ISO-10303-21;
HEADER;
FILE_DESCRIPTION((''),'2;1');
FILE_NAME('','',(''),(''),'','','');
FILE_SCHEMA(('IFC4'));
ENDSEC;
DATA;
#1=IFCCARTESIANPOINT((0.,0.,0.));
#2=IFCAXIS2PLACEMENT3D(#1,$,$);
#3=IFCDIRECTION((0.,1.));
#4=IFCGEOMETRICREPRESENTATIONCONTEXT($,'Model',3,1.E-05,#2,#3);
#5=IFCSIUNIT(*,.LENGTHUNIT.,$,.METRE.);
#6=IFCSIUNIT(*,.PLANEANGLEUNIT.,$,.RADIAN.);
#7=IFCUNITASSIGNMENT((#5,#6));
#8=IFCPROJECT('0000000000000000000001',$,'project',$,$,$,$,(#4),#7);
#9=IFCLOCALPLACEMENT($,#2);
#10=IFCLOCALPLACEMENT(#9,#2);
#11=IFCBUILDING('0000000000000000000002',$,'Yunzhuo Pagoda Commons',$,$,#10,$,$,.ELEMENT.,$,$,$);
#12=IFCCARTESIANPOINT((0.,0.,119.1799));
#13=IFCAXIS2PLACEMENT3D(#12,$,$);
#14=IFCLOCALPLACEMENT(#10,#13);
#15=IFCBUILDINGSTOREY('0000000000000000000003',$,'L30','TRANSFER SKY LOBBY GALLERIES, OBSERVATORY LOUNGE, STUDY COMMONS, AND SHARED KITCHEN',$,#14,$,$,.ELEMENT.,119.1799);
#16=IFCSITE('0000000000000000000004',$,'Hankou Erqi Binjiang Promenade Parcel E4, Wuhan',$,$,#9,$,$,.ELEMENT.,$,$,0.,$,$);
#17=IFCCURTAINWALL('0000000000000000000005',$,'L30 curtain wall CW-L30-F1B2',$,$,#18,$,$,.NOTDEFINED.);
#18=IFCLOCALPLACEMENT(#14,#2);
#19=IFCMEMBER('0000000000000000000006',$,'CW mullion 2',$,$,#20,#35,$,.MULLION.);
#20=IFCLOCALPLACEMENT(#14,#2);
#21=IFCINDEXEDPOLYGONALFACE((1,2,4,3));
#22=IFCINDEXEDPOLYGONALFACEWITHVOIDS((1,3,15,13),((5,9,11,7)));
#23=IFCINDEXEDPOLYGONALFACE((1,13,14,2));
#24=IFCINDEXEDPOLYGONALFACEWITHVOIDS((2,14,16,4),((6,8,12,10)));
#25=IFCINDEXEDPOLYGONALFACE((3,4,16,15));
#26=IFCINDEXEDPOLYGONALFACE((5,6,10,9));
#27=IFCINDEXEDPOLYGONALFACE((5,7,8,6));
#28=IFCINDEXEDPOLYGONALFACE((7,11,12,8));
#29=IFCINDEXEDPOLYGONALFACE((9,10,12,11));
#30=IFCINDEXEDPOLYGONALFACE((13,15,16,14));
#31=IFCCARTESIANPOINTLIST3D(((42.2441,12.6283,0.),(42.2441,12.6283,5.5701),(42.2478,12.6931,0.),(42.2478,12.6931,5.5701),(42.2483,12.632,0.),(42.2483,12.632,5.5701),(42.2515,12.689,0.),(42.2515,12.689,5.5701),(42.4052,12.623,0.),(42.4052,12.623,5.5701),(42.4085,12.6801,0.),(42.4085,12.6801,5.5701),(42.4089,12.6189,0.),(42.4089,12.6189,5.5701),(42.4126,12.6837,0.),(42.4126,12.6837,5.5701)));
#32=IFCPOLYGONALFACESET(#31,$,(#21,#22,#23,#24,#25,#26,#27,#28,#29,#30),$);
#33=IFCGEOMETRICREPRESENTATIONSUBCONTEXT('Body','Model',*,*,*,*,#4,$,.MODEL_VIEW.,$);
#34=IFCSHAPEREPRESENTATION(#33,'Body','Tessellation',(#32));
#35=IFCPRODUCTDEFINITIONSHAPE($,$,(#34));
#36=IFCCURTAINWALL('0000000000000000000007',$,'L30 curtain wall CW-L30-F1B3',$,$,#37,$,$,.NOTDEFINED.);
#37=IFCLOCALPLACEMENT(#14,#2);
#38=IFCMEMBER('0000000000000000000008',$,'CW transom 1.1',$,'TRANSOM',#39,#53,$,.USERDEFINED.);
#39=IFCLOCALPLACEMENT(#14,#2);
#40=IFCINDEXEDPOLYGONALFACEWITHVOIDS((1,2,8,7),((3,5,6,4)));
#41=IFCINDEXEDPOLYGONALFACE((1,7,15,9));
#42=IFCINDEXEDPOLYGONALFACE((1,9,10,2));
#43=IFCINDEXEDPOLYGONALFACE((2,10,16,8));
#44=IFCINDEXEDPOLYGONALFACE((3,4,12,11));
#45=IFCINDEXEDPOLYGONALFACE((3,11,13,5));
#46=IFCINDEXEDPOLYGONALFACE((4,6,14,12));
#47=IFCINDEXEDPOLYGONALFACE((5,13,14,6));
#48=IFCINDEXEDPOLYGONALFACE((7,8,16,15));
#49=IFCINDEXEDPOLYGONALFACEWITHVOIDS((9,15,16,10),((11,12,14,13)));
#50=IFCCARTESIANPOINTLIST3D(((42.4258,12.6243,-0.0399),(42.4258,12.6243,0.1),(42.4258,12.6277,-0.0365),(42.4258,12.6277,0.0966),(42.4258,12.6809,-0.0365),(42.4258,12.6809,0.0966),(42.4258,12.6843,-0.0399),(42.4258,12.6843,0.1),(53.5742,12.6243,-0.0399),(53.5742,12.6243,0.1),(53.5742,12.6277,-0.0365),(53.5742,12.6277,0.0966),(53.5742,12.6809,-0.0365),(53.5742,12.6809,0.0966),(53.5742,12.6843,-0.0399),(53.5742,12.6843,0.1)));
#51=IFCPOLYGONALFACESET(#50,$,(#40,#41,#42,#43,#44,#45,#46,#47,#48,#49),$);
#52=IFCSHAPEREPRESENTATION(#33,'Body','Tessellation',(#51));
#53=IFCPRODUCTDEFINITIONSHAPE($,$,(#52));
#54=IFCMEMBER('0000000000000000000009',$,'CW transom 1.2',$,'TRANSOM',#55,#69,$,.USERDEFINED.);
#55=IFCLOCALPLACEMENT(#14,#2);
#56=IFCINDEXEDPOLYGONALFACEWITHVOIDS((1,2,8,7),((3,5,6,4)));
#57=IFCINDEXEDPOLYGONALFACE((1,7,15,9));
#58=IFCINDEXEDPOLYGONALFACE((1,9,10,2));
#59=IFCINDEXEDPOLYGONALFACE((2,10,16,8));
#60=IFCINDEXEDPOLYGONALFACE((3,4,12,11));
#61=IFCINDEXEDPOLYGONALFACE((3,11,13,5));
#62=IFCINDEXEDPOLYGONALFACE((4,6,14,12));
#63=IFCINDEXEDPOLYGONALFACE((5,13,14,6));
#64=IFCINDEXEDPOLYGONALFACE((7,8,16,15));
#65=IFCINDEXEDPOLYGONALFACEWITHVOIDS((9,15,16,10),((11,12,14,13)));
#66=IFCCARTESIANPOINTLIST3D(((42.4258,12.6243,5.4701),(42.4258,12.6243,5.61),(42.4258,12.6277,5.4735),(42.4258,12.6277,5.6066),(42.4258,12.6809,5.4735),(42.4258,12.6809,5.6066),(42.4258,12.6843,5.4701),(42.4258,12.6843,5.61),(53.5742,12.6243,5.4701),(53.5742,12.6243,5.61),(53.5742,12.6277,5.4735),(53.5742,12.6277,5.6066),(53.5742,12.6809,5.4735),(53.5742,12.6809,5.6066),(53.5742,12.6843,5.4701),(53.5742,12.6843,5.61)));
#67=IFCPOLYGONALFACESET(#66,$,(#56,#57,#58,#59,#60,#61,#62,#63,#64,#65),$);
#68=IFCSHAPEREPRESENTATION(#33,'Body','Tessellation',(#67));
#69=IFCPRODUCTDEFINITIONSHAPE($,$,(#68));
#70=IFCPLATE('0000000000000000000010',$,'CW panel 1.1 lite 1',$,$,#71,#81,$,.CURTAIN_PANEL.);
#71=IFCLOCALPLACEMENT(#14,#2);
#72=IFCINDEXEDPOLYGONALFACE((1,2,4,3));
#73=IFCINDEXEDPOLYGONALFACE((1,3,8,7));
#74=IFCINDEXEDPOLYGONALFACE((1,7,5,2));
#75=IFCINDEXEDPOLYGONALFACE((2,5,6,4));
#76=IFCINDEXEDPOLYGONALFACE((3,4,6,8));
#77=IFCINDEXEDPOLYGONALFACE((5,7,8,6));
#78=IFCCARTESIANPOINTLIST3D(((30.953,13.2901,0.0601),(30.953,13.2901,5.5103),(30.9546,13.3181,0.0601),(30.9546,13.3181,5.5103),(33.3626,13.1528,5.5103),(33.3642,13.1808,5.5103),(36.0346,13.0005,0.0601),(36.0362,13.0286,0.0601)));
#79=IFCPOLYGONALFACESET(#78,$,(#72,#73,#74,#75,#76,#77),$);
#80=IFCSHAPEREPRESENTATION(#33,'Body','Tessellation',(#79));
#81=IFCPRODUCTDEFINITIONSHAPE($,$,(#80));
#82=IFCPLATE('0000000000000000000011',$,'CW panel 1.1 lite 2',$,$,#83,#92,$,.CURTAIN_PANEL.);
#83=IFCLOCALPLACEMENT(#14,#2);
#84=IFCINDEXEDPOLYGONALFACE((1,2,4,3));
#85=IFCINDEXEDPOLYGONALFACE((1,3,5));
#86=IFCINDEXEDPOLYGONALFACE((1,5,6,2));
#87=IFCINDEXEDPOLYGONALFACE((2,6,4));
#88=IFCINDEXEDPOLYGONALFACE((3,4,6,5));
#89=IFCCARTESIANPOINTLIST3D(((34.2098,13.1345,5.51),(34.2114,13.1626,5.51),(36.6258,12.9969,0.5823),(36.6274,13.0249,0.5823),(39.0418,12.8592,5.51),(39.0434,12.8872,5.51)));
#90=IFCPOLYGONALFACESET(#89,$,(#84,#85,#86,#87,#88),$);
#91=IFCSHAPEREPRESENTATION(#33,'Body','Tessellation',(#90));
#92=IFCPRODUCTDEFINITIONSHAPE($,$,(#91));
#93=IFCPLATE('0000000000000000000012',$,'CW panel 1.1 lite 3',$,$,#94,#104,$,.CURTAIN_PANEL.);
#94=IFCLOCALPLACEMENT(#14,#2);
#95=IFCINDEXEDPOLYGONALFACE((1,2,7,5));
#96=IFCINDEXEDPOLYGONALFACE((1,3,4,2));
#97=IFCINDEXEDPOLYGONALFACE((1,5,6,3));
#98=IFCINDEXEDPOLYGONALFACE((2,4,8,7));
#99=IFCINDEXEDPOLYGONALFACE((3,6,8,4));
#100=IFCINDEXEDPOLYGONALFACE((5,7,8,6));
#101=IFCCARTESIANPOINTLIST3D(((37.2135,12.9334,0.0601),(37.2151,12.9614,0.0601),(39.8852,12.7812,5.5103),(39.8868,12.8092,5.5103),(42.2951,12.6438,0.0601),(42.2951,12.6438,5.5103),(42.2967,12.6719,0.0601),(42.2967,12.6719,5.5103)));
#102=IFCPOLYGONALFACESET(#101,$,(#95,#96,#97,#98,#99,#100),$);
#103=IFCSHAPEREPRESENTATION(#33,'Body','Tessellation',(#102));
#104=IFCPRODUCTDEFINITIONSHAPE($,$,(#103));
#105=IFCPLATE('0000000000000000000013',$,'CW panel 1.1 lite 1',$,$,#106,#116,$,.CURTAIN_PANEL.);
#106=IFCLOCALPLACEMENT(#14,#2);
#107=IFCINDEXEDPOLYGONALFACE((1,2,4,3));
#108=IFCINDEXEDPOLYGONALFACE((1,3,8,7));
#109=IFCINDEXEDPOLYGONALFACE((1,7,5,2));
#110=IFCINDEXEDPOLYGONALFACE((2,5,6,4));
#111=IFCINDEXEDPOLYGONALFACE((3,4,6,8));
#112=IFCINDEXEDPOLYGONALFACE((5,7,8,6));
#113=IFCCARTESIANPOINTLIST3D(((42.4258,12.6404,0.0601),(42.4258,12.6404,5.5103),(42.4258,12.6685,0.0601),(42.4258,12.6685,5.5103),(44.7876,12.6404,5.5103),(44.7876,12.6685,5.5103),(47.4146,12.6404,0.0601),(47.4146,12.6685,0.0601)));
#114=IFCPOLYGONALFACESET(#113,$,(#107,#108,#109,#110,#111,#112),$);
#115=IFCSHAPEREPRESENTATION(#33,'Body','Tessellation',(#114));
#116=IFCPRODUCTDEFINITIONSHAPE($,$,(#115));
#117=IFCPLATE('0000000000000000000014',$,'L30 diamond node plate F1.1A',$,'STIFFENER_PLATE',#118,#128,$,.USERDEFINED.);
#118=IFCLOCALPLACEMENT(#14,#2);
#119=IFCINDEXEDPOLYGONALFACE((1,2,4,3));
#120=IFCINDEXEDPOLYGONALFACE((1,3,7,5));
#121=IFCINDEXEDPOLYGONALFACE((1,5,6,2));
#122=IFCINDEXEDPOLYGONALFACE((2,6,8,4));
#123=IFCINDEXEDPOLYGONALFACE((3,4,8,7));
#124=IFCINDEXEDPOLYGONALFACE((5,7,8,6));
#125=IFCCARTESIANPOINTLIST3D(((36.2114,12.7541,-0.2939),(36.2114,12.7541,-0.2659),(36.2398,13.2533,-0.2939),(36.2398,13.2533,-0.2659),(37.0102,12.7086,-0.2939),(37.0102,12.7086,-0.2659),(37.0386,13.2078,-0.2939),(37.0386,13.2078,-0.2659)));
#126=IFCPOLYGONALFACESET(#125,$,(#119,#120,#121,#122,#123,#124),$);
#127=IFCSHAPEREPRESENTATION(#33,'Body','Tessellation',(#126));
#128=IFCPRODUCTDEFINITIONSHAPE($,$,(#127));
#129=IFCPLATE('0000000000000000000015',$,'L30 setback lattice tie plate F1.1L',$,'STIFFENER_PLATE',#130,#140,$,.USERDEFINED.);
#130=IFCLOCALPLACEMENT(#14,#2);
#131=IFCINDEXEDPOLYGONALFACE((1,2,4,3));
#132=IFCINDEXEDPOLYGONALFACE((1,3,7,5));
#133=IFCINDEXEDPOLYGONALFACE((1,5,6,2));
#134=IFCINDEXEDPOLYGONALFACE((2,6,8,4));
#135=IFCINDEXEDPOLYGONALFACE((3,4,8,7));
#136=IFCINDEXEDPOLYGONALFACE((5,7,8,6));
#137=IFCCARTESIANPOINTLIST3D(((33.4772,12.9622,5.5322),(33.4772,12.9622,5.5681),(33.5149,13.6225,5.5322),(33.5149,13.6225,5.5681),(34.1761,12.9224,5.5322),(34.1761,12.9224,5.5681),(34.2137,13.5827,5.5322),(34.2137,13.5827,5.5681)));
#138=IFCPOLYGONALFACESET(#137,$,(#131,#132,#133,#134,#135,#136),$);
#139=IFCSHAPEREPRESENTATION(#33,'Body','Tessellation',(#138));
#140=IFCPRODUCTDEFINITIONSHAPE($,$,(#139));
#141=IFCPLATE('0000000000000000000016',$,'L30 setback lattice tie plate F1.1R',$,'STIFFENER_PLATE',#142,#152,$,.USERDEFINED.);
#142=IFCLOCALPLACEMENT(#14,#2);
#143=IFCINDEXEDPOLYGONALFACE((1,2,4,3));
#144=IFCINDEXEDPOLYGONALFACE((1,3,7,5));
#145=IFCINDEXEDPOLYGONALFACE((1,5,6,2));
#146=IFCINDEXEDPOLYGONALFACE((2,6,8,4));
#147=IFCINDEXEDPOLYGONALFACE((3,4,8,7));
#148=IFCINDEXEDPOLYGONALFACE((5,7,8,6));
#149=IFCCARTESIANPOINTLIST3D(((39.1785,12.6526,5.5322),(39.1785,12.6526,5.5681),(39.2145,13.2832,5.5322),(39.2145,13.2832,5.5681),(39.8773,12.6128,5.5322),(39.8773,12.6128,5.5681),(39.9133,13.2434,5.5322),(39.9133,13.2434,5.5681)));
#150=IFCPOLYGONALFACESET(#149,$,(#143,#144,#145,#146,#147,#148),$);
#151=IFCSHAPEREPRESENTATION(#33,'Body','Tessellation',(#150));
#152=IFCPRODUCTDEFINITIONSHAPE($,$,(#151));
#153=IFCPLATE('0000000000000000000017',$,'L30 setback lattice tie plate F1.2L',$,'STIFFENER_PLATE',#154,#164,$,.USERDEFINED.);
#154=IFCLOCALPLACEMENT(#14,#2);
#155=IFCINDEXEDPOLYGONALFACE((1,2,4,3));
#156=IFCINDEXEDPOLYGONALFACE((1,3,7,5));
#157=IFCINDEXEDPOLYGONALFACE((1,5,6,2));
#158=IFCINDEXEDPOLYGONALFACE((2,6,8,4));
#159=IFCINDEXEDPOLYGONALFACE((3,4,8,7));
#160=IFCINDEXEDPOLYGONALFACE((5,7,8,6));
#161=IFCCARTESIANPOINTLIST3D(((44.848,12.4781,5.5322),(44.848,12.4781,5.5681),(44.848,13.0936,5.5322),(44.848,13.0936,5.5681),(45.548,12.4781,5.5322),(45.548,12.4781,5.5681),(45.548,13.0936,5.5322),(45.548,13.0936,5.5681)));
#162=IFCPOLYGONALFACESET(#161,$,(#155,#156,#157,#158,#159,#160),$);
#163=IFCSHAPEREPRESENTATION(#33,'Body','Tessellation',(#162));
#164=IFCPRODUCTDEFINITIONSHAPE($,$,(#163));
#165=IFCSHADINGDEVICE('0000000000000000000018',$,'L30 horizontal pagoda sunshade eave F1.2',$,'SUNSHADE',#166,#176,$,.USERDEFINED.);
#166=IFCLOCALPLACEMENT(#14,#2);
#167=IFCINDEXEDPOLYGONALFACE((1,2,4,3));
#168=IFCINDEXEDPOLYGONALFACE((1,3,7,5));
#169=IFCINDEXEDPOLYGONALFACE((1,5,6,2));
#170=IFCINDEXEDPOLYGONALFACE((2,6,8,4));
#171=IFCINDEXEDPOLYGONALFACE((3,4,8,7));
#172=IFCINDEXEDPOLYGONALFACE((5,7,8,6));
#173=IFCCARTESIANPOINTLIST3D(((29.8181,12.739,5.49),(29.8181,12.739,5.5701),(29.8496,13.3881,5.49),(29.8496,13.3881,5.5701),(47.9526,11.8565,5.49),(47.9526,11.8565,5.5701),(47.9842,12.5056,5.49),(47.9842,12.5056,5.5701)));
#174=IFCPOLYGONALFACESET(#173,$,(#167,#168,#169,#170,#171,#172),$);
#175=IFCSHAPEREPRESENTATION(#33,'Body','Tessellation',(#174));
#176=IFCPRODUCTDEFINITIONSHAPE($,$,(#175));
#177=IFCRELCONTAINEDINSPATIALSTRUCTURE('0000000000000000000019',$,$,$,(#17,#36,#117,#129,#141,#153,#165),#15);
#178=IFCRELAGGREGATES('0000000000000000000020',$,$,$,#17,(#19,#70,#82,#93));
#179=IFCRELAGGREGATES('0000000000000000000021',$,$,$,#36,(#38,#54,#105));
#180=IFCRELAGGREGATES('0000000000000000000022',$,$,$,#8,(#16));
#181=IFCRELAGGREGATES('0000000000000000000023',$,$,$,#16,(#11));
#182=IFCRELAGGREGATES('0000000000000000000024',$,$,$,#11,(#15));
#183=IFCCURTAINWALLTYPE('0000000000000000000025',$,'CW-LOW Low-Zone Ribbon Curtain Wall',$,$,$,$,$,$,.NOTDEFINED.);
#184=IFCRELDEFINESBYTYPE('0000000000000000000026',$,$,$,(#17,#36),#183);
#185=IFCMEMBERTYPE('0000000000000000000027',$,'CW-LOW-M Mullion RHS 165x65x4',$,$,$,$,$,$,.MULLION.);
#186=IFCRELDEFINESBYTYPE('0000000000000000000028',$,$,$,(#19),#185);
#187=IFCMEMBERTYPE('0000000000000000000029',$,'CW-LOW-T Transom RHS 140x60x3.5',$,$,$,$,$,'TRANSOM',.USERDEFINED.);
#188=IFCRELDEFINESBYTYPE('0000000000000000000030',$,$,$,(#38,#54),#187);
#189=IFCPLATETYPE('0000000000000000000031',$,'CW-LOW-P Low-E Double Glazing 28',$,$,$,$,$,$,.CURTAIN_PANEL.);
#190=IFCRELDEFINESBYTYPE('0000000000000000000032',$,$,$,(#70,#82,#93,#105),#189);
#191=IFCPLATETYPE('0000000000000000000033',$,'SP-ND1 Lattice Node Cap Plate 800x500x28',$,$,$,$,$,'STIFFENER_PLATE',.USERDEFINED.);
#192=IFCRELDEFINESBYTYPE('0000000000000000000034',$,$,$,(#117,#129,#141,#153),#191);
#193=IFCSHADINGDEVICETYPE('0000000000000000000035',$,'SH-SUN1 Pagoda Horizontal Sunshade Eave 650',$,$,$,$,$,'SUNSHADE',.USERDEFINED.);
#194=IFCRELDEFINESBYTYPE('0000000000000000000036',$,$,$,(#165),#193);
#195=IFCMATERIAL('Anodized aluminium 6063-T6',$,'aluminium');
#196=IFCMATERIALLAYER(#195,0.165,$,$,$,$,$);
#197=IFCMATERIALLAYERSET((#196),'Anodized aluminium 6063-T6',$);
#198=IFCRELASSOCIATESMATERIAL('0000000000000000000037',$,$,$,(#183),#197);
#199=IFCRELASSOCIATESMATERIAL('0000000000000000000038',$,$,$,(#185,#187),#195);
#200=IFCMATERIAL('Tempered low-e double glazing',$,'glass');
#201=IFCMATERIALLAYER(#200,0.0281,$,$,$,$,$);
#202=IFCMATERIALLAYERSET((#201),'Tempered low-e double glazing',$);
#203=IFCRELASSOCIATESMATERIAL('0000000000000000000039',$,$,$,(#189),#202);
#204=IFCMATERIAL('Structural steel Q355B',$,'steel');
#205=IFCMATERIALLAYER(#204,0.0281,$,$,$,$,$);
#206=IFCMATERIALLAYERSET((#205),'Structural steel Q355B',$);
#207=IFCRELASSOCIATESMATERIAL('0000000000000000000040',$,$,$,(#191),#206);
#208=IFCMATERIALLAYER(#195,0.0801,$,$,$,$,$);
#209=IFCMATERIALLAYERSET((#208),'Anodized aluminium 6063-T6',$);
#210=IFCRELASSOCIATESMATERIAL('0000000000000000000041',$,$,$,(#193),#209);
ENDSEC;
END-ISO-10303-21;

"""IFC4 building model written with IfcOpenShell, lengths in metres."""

from ifc_helpers import new_model, si_unit, direction, frame, origin, origin_2d, place, context, subcontext, project, spatial, polyline, rectangle, hollow_rectangle, outline, extrude, source, transform, mapped, material, layer, layer_set, material_profile, profile_set, type_object, element, aggregate, save


model = new_model("IFC4")

# Units and contexts
model_context = context("Model", 3, precision=1e-05, world=origin(), true_north=direction((0.0, 1.0)))
body_context = subcontext(model_context, "Body", "Model", "MODEL_VIEW")
ifc_project = project(units=[si_unit("LENGTHUNIT", "METRE"), si_unit("PLANEANGLEUNIT", "RADIAN")], contexts=[model_context])

# Site, building, storey
site_placement = place(None, origin())
site = spatial("IfcSite", under=ifc_project, at=site_placement, Name="Hankou Erqi Binjiang Promenade Parcel E4, Wuhan", CompositionType="ELEMENT", RefElevation=0.0)
building_placement = place(site_placement, origin())
building = spatial("IfcBuilding", under=site, at=building_placement, Name="Yunzhuo Pagoda Commons", CompositionType="ELEMENT")
storey_placement = place(building_placement, frame((0.0, 0.0, 119.1799)))
storey = spatial("IfcBuildingStorey", under=building, at=storey_placement, Name="L30", Description="TRANSFER SKY LOBBY GALLERIES, OBSERVATORY LOUNGE, STUDY COMMONS, AND SHARED KITCHEN", CompositionType="ELEMENT", Elevation=119.1799)

# Shared definitions
ifc_material_1 = material(Name="Structural steel Q355B", Category="steel")

# Curtain wall, member
ifc_material_2 = material(Name="Anodized aluminium 6063-T6", Category="aluminium")
ifc_layer_1 = layer(ifc_material_2, 0.165)
ifc_layer_set_1 = layer_set([ifc_layer_1], Name="Anodized aluminium 6063-T6")
curtain_wall_type = type_object("IfcCurtainWallType", Name="CW-LOW Low-Zone Ribbon Curtain Wall", PredefinedType="NOTDEFINED", material=ifc_layer_set_1)
curtain_wall_1_placement = place(storey_placement, origin())
curtain_wall_1 = element("IfcCurtainWall", 1, at=curtain_wall_1_placement, inside=storey, type_object=curtain_wall_type, Name="L30 curtain wall CW-L30-F1B2", PredefinedType="NOTDEFINED")
ifc_material_profile_1 = material_profile(ifc_material_2, hollow_rectangle(XDim=0.0649, YDim=0.165, WallThickness=0.0039, at=origin_2d()), Name="Anodized aluminium 6063-T6")
ifc_profile_set_1 = profile_set([ifc_material_profile_1], Name="Anodized aluminium 6063-T6")
member_type_1 = type_object("IfcMemberType", Name="CW-LOW-M Mullion RHS 165x65x4", PredefinedType="MULLION", material=ifc_profile_set_1)
shared_shape_1 = source(origin(), body_context, "Body", "SweptSolid", [
    extrude(hollow_rectangle(XDim=0.0649, YDim=0.165, WallThickness=0.0039, at=origin_2d()), origin(), (0.0, 0.0, 1.0), 5.5701),
])
member_1_placement = place(storey_placement, frame((42.3284, 12.656, 0.0), z_axis=(0.0, 0.0, 1.0), x_axis=(0.056891, 0.99838, 0.0)))
member_1 = element("IfcMember", 2, at=member_1_placement, type_object=member_type_1, Name="CW mullion 2", PredefinedType="MULLION", context=body_context, shape_type="MappedRepresentation", body=[
    mapped(shared_shape_1, transform((0.0, 0.0, 0.0), scale=1.0)),
])

# Curtain wall, members
curtain_wall_2_placement = place(storey_placement, origin())
curtain_wall_2 = element("IfcCurtainWall", 3, at=curtain_wall_2_placement, inside=storey, type_object=curtain_wall_type, Name="L30 curtain wall CW-L30-F1B3", PredefinedType="NOTDEFINED")
ifc_material_profile_2 = material_profile(ifc_material_2, hollow_rectangle(XDim=0.0601, YDim=0.1399, WallThickness=0.0034, at=origin_2d()), Name="Anodized aluminium 6063-T6")
ifc_profile_set_2 = profile_set([ifc_material_profile_2], Name="Anodized aluminium 6063-T6")
member_type_2 = type_object("IfcMemberType", Name="CW-LOW-T Transom RHS 140x60x3.5", ElementType="TRANSOM", PredefinedType="USERDEFINED", material=ifc_profile_set_2)
shared_shape_2 = source(origin(), body_context, "Body", "SweptSolid", [
    extrude(hollow_rectangle(XDim=0.0601, YDim=0.1399, WallThickness=0.0034, at=origin_2d()), origin(), (0.0, 0.0, 1.0), 11.1484),
])
member_2_placement = place(storey_placement, frame((42.4258, 12.6543, 0.03), z_axis=(1.0, 0.0, 0.0), x_axis=(0.0, 1.0, 0.0)))
member_2 = element("IfcMember", 4, at=member_2_placement, type_object=member_type_2, Name="CW transom 1.1", ObjectType="TRANSOM", PredefinedType="USERDEFINED", context=body_context, shape_type="MappedRepresentation", body=[
    mapped(shared_shape_2, transform((0.0, 0.0, 0.0), scale=1.0)),
])
member_3_placement = place(storey_placement, frame((42.4258, 12.6543, 5.54), z_axis=(1.0, 0.0, 0.0), x_axis=(0.0, 1.0, 0.0)))
member_3 = element("IfcMember", 5, at=member_3_placement, type_object=member_type_2, Name="CW transom 1.2", ObjectType="TRANSOM", PredefinedType="USERDEFINED", context=body_context, shape_type="MappedRepresentation", body=[
    mapped(shared_shape_2, transform((0.0, 0.0, 0.0), scale=1.0)),
])

# Plates
ifc_material_3 = material(Name="Tempered low-e double glazing", Category="glass")
ifc_layer_2 = layer(ifc_material_3, 0.0281)
ifc_layer_set_2 = layer_set([ifc_layer_2], Name="Tempered low-e double glazing")
plate_type_1 = type_object("IfcPlateType", Name="CW-LOW-P Low-E Double Glazing 28", PredefinedType="CURTAIN_PANEL", material=ifc_layer_set_2)
plate_1_placement = place(storey_placement, frame((33.4954, 13.1733, 2.7852), z_axis=(-0.056891, -0.99838, 0.0), x_axis=(0.99838, -0.056891, 0.0)))
plate_1 = element("IfcPlate", 6, at=plate_1_placement, type_object=plate_type_1, Name="CW panel 1.1 lite 1", PredefinedType="CURTAIN_PANEL", context=body_context, shape_type="SweptSolid", body=[
    extrude(outline(polyline([(-2.5449, -2.7251), (2.5449, -2.7251), (-0.1313, 2.7251), (-2.5449, 2.7251), (-2.5449, -2.7251)])), origin(), (0.0, 0.0, 1.0), 0.0281),
])
plate_2_placement = place(storey_placement, frame((36.6274, 13.0249, 3.0461), z_axis=(-0.056891, -0.99838, 0.0), x_axis=(0.99838, -0.056891, 0.0)))
plate_2 = element("IfcPlate", 7, at=plate_2_placement, type_object=plate_type_1, Name="CW panel 1.1 lite 2", PredefinedType="CURTAIN_PANEL", context=body_context, shape_type="SweptSolid", body=[
    extrude(outline(polyline([(-2.4199, 2.4639), (0.0, -2.4639), (2.4199, 2.4639), (-2.4199, 2.4639)])), origin(), (0.0, 0.0, 1.0), 0.0281),
])
plate_3_placement = place(storey_placement, frame((39.7559, 12.8167, 2.7852), z_axis=(-0.056891, -0.99838, 0.0), x_axis=(0.99838, -0.056891, 0.0)))
plate_3 = element("IfcPlate", 8, at=plate_3_placement, type_object=plate_type_1, Name="CW panel 1.1 lite 3", PredefinedType="CURTAIN_PANEL", context=body_context, shape_type="SweptSolid", body=[
    extrude(outline(polyline([(-2.5449, -2.7251), (2.5449, -2.7251), (2.5449, 2.7251), (0.1311, 2.7251), (-2.5449, -2.7251)])), origin(), (0.0, 0.0, 1.0), 0.0281),
])
aggregate(curtain_wall_1, [member_1, plate_1, plate_2, plate_3])
plate_4_placement = place(storey_placement, frame((44.9202, 12.6685, 2.7852), z_axis=(0.0, -1.0, 0.0), x_axis=(1.0, 0.0, 0.0)))
plate_4 = element("IfcPlate", 9, at=plate_4_placement, type_object=plate_type_1, Name="CW panel 1.1 lite 1", PredefinedType="CURTAIN_PANEL", context=body_context, shape_type="SweptSolid", body=[
    extrude(outline(polyline([(-2.4944, -2.7251), (2.4944, -2.7251), (-0.1326, 2.7251), (-2.4944, 2.7251), (-2.4944, -2.7251)])), origin(), (0.0, 0.0, 1.0), 0.0281),
])
aggregate(curtain_wall_2, [member_2, member_3, plate_4])

# Plates
ifc_layer_3 = layer(ifc_material_1, 0.0281)
ifc_layer_set_3 = layer_set([ifc_layer_3], Name="Structural steel Q355B")
plate_type_2 = type_object("IfcPlateType", Name="SP-ND1 Lattice Node Cap Plate 800x500x28", ElementType="STIFFENER_PLATE", PredefinedType="USERDEFINED", material=ifc_layer_set_3)
shared_shape_3 = source(origin(), body_context, "Body", "SweptSolid", [
    extrude(rectangle(XDim=0.8, YDim=0.5, at=origin_2d()), origin(), (0.0, 0.0, 1.0), 0.0281),
])
plate_5_placement = place(storey_placement, frame((36.625, 12.981, -0.2939), z_axis=(0.0, 0.0, 1.0), x_axis=(0.998381, -0.056884, 0.0)))
element("IfcPlate", 10, at=plate_5_placement, inside=storey, type_object=plate_type_2, Name="L30 diamond node plate F1.1A", ObjectType="STIFFENER_PLATE", PredefinedType="USERDEFINED", context=body_context, shape_type="MappedRepresentation", body=[
    mapped(shared_shape_3, transform((0.0, 0.0, 0.0), scale=1.0)),
])
shared_shape_4 = source(origin(), body_context, "Body", "SweptSolid", [
    extrude(rectangle(XDim=0.7, YDim=0.6614, at=origin_2d()), origin(), (0.0, 0.0, 1.0), 0.0359),
])
plate_6_placement = place(storey_placement, frame((33.8455, 13.2725, 5.5322), z_axis=(0.0, 0.0, 1.0), x_axis=(0.998381, -0.056884, 0.0)))
element("IfcPlate", 11, at=plate_6_placement, inside=storey, type_object=plate_type_2, Name="L30 setback lattice tie plate F1.1L", ObjectType="STIFFENER_PLATE", PredefinedType="USERDEFINED", context=body_context, shape_type="MappedRepresentation", body=[
    mapped(shared_shape_4, transform((0.0, 0.0, 0.0), scale=1.0)),
])
shared_shape_5 = source(origin(), body_context, "Body", "SweptSolid", [
    extrude(rectangle(XDim=0.7, YDim=0.6316, at=origin_2d()), origin(), (0.0, 0.0, 1.0), 0.0359),
])
plate_7_placement = place(storey_placement, frame((39.5459, 12.948, 5.5322), z_axis=(0.0, 0.0, 1.0), x_axis=(0.998381, -0.056884, 0.0)))
element("IfcPlate", 12, at=plate_7_placement, inside=storey, type_object=plate_type_2, Name="L30 setback lattice tie plate F1.1R", ObjectType="STIFFENER_PLATE", PredefinedType="USERDEFINED", context=body_context, shape_type="MappedRepresentation", body=[
    mapped(shared_shape_5, transform((0.0, 0.0, 0.0), scale=1.0)),
])
shared_shape_6 = source(origin(), body_context, "Body", "SweptSolid", [
    extrude(rectangle(XDim=0.7, YDim=0.6155, at=origin_2d()), origin(), (0.0, 0.0, 1.0), 0.0359),
])
plate_8_placement = place(storey_placement, frame((45.198, 12.7859, 5.5322), z_axis=(0.0, 0.0, 1.0), x_axis=(1.0, 0.0, 0.0)))
element("IfcPlate", 13, at=plate_8_placement, inside=storey, type_object=plate_type_2, Name="L30 setback lattice tie plate F1.2L", ObjectType="STIFFENER_PLATE", PredefinedType="USERDEFINED", context=body_context, shape_type="MappedRepresentation", body=[
    mapped(shared_shape_6, transform((0.0, 0.0, 0.0), scale=1.0)),
])

# Shading device
ifc_layer_4 = layer(ifc_material_2, 0.0801)
ifc_layer_set_4 = layer_set([ifc_layer_4], Name="Anodized aluminium 6063-T6")
shading_device_type = type_object("IfcShadingDeviceType", Name="SH-SUN1 Pagoda Horizontal Sunshade Eave 650", ElementType="SUNSHADE", PredefinedType="USERDEFINED", material=ifc_layer_set_4)
shared_shape_7 = source(origin(), body_context, "Body", "SweptSolid", [
    extrude(rectangle(XDim=18.156, YDim=0.6499, at=origin_2d()), origin(), (0.0, 0.0, 1.0), 0.0801),
])
shading_device_placement = place(storey_placement, frame((38.9011, 12.6223, 5.49), z_axis=(0.0, 0.0, 1.0), x_axis=(0.998818, -0.048606, 0.0)))
element("IfcShadingDevice", 14, at=shading_device_placement, inside=storey, type_object=shading_device_type, Name="L30 horizontal pagoda sunshade eave F1.2", ObjectType="SUNSHADE", PredefinedType="USERDEFINED", context=body_context, shape_type="MappedRepresentation", body=[
    mapped(shared_shape_7, transform((0.0, 0.0, 0.0), scale=1.0)),
])

save(model, "model.ifc")
